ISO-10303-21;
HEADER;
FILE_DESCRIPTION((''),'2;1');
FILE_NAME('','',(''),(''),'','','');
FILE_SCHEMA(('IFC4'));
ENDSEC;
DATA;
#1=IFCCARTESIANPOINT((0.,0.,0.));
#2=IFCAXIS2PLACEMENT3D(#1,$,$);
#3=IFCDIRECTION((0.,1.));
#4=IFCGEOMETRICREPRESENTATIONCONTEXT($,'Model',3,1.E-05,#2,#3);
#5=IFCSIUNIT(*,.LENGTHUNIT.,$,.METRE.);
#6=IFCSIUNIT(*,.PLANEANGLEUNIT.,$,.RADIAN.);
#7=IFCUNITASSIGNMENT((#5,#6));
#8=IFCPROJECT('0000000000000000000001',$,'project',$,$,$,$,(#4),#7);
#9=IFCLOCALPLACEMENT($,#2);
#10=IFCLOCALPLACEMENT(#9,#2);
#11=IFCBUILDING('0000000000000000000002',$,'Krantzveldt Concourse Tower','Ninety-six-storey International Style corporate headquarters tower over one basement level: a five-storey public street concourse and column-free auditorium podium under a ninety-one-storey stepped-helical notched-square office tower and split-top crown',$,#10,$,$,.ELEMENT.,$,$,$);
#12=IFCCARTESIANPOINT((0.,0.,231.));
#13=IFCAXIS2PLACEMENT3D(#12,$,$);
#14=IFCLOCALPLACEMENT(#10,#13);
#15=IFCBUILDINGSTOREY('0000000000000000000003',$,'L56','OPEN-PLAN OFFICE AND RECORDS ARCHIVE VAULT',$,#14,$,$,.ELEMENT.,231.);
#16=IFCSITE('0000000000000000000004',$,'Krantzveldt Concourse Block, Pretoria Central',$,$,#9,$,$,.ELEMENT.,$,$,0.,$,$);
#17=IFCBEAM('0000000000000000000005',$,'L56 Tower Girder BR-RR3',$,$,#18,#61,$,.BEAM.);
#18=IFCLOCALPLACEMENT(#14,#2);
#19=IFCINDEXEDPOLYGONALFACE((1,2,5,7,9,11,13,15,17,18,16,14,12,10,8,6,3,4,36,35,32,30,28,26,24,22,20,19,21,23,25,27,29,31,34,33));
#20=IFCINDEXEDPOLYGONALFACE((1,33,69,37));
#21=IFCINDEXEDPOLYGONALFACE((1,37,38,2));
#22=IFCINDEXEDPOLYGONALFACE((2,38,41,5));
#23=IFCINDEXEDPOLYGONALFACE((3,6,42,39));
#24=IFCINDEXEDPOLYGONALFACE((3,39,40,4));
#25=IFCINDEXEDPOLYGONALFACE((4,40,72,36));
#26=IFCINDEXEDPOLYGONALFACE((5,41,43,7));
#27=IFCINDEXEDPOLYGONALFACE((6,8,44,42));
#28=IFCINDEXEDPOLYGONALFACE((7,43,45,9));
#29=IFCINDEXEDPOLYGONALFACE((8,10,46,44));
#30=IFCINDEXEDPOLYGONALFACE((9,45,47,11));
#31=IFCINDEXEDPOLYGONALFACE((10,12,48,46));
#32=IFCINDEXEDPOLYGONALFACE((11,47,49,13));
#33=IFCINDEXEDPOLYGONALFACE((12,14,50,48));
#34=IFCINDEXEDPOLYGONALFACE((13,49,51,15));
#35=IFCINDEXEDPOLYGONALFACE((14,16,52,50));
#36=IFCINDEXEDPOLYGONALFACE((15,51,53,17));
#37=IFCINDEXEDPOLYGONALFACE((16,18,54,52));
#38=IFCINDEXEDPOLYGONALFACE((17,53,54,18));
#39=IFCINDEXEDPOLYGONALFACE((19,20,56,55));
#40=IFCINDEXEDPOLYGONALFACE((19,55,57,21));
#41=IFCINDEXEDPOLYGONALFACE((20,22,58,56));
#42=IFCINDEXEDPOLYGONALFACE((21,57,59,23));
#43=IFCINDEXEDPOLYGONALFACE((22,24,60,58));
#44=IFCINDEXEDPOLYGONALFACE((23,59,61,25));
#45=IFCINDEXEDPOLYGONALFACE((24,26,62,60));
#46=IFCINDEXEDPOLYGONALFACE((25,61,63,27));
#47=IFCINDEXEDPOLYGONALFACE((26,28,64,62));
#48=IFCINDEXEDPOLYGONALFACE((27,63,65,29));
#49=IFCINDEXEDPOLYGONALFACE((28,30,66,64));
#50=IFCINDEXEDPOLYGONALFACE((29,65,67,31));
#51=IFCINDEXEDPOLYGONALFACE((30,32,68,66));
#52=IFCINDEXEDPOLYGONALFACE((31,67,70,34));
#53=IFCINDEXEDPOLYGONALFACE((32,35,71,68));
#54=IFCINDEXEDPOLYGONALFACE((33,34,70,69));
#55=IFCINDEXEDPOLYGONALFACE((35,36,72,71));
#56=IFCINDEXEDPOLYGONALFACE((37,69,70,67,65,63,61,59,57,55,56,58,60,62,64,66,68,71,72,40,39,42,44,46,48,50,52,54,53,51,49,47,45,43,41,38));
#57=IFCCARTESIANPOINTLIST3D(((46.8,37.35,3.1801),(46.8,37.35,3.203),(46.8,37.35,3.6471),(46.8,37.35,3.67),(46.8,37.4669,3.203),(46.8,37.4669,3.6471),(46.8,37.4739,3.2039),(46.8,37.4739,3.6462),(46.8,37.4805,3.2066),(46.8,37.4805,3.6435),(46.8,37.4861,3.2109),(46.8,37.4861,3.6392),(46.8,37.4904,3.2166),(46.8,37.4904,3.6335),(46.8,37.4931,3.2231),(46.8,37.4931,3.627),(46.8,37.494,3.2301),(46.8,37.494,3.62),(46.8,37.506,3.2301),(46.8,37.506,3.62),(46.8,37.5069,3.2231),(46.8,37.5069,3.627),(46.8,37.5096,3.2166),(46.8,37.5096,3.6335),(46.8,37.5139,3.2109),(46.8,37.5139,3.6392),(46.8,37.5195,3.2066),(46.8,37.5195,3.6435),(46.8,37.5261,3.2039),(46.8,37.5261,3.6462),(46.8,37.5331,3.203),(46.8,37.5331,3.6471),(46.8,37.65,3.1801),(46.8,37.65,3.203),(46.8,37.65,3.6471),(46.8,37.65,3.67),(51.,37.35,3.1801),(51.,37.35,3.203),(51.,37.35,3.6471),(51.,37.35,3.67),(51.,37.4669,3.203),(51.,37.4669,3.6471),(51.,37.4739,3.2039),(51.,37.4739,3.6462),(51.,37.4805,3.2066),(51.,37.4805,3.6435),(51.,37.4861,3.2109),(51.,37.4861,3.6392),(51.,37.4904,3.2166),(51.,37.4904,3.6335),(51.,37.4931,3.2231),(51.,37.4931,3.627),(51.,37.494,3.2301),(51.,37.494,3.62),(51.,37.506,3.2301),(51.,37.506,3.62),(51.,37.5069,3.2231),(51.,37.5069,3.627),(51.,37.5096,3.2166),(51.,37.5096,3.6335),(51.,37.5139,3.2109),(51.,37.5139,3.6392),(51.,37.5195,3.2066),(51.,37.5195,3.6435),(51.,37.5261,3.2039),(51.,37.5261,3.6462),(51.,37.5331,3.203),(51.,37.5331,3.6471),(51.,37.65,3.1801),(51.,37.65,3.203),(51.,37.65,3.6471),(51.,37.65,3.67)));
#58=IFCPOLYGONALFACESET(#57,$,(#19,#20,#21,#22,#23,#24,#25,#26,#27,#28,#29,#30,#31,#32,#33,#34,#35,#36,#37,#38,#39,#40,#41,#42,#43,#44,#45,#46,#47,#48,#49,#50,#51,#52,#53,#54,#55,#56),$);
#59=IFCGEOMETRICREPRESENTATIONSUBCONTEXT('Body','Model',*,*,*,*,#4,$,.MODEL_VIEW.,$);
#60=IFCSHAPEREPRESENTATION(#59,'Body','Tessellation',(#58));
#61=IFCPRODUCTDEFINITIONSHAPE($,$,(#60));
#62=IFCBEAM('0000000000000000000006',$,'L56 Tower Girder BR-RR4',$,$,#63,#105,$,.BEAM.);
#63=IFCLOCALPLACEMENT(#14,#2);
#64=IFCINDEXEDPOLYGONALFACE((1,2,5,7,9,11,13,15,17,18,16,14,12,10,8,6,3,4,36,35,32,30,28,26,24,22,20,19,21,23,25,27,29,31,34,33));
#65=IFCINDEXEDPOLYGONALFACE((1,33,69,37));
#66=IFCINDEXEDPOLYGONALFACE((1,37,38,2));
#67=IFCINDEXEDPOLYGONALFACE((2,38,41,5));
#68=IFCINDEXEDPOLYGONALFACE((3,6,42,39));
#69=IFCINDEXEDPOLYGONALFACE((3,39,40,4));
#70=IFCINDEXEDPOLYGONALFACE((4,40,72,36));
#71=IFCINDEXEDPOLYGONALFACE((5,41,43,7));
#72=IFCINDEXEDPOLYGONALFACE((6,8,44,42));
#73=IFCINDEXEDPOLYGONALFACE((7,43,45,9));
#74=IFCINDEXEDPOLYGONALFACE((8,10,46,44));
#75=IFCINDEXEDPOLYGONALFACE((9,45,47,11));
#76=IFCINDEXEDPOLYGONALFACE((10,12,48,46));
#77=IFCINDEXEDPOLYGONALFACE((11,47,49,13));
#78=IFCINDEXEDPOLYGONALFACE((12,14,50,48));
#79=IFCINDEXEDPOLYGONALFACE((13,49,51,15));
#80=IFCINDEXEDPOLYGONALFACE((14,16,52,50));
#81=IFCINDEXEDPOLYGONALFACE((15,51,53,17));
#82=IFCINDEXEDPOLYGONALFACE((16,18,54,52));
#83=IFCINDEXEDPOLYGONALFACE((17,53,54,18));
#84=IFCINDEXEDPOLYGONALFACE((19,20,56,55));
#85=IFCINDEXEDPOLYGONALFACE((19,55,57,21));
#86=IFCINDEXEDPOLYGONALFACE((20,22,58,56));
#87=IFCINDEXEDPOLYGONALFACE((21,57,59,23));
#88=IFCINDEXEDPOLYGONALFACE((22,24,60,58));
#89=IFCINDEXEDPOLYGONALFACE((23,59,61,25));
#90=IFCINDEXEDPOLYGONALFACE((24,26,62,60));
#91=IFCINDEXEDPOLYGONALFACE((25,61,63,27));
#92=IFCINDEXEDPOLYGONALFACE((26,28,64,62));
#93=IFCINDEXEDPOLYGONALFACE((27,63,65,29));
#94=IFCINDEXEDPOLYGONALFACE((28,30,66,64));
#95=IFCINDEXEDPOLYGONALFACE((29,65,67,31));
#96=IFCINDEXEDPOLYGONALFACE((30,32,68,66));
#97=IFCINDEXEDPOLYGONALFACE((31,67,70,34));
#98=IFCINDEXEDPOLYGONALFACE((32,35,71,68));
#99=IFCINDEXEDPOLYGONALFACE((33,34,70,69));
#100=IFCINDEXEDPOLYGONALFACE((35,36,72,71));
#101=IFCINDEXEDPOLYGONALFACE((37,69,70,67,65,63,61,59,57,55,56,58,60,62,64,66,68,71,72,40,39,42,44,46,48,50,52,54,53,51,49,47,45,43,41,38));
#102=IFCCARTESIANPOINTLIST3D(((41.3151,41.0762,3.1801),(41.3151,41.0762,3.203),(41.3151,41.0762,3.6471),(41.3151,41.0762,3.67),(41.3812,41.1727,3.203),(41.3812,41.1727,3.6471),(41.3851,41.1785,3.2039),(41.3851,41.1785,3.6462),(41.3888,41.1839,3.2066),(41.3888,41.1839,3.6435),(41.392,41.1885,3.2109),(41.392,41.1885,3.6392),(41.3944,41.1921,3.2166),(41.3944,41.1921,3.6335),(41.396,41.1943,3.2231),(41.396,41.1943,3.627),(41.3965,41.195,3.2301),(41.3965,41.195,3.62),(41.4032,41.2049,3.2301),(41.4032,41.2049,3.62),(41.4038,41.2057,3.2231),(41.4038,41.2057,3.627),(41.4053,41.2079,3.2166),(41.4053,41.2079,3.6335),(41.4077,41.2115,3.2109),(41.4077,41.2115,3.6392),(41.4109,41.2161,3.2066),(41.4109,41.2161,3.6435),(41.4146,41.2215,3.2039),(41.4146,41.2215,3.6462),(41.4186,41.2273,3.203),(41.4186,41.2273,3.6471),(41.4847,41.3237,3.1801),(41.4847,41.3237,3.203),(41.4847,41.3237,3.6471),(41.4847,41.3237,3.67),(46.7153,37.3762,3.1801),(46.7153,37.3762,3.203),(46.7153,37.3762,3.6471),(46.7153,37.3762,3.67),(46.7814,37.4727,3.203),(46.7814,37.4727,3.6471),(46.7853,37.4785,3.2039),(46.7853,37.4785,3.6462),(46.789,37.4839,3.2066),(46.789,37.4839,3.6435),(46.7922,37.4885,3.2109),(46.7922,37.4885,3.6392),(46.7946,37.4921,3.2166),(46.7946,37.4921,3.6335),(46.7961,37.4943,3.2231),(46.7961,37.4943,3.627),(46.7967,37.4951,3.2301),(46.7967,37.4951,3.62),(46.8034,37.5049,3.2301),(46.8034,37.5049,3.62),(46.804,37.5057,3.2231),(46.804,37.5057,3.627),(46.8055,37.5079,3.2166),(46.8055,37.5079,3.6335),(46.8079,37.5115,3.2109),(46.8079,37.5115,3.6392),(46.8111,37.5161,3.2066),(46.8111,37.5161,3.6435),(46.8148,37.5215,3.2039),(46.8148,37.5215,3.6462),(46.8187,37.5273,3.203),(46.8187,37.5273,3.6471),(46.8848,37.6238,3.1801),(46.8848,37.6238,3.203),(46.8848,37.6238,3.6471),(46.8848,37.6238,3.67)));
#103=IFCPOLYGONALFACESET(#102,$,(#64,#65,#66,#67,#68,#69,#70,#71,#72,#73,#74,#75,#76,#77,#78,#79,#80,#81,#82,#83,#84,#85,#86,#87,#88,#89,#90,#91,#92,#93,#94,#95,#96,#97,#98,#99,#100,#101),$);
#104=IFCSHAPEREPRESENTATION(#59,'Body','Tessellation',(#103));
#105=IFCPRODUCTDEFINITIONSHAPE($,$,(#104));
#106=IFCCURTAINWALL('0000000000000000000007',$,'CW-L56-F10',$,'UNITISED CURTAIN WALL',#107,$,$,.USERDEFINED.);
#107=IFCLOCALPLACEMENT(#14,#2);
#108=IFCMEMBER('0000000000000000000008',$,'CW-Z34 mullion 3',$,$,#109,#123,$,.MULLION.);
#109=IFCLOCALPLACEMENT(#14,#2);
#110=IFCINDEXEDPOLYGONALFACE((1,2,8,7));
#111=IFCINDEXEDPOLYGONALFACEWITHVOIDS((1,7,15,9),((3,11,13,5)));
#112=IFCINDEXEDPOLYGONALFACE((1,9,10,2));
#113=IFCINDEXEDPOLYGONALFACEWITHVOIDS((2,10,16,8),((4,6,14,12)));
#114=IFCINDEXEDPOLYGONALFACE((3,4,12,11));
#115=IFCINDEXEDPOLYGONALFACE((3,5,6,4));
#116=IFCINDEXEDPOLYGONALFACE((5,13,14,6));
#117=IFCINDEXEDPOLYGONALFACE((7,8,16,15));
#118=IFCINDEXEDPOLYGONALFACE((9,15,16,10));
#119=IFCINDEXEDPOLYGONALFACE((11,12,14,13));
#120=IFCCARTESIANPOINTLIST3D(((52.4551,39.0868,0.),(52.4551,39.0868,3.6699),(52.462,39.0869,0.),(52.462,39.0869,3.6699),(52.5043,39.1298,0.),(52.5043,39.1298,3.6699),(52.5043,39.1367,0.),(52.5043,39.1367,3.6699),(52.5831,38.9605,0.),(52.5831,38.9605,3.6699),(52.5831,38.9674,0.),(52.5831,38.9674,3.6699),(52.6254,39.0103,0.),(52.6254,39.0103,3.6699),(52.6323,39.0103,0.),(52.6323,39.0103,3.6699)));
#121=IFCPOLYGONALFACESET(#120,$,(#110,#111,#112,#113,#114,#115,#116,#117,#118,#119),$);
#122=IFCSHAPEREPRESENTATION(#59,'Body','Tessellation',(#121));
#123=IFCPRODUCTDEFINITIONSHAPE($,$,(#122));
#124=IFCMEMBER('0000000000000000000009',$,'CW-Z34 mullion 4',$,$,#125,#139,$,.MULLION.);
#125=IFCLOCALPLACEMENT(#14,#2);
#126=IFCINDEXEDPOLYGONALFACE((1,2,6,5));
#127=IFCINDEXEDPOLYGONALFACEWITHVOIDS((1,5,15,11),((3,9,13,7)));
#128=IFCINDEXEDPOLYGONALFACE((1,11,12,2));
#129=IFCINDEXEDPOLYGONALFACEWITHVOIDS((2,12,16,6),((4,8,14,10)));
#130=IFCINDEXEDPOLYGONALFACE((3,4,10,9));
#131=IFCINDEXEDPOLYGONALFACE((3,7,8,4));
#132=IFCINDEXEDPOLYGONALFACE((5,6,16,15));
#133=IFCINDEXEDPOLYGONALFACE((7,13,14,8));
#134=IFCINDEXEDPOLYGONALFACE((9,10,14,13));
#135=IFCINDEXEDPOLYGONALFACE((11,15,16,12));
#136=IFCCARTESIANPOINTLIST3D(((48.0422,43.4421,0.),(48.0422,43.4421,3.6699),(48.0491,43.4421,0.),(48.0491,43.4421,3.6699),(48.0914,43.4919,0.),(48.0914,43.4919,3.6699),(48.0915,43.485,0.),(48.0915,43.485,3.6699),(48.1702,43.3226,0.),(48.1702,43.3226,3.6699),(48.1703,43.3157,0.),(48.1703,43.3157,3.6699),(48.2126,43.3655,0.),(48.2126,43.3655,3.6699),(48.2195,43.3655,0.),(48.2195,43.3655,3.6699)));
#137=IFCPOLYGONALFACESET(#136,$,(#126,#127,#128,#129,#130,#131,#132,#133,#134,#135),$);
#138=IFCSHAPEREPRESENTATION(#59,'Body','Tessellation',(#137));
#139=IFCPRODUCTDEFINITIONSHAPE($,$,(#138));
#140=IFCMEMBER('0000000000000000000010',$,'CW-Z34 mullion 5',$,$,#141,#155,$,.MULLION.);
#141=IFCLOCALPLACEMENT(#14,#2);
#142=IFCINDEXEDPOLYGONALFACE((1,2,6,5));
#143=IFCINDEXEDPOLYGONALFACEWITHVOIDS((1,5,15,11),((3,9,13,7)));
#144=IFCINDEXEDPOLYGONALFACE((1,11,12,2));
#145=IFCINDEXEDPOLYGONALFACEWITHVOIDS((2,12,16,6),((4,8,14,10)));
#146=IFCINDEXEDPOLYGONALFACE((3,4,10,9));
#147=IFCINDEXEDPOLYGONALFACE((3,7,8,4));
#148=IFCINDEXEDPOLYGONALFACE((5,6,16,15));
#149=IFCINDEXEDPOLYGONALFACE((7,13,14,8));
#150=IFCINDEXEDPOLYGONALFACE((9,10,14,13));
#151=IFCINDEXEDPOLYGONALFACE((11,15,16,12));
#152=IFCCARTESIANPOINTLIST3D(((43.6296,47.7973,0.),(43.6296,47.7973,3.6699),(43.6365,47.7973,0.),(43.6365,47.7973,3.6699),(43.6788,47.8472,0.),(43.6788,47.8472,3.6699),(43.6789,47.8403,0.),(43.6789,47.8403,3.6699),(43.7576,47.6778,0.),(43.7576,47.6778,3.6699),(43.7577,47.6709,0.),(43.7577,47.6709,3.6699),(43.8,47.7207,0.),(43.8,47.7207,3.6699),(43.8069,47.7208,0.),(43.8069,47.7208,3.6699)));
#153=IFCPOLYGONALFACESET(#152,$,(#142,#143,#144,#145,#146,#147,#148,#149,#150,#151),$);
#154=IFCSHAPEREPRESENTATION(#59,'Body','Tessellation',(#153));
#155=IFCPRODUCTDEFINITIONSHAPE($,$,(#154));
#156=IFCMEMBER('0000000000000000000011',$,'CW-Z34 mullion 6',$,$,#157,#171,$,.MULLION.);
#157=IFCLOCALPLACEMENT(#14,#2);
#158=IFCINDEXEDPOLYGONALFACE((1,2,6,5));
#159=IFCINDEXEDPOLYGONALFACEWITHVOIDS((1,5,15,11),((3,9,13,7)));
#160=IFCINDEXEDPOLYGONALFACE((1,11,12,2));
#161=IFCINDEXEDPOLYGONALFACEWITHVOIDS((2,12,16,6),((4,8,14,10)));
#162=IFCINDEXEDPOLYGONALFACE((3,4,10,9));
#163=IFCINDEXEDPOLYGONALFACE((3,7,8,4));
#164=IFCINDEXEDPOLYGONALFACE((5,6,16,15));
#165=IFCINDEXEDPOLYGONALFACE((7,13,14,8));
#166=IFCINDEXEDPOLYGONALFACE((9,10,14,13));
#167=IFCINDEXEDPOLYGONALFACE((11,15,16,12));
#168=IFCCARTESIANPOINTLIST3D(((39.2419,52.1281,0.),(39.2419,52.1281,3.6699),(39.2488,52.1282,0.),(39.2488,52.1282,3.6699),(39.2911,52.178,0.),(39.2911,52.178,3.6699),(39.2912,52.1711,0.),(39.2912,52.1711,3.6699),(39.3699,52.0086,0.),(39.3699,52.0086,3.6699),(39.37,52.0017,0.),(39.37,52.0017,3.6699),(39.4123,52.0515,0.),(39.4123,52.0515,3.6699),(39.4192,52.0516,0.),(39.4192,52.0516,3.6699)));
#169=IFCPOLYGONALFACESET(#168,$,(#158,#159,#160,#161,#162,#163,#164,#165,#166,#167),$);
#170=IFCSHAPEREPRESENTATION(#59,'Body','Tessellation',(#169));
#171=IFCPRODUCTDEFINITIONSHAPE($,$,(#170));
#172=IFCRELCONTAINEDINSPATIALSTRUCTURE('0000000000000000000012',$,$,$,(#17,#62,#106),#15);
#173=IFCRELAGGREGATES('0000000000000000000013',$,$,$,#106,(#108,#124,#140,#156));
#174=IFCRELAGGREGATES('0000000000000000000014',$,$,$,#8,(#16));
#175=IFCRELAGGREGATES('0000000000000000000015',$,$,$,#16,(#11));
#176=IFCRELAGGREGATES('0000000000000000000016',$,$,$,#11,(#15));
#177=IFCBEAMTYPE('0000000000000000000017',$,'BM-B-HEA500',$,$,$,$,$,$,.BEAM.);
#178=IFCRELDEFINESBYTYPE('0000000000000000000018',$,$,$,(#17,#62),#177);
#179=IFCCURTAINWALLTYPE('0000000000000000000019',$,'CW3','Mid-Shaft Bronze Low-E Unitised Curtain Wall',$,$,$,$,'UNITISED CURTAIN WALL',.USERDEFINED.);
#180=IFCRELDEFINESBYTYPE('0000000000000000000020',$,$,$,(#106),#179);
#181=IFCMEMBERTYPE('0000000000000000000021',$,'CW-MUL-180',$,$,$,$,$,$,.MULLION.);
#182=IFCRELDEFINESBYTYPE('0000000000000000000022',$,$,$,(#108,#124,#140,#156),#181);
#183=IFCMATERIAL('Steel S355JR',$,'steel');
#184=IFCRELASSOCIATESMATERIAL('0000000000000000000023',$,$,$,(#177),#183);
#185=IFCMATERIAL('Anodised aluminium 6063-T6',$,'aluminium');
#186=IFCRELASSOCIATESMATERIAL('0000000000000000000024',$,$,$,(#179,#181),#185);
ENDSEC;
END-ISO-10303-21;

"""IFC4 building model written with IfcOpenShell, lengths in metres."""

from ifc_helpers import new_model, si_unit, direction, frame, origin, origin_2d, place, context, subcontext, project, spatial, hollow_rectangle, i_section, extrude, source, transform, mapped, material, material_profile, profile_set, type_object, type_shapes, element, aggregate, save


model = new_model("IFC4")

# Units and contexts
model_context = context("Model", 3, precision=1e-05, world=origin(), true_north=direction((0.0, 1.0)))
body_context = subcontext(model_context, "Body", "Model", "MODEL_VIEW")
ifc_project = project(units=[si_unit("LENGTHUNIT", "METRE"), si_unit("PLANEANGLEUNIT", "RADIAN")], contexts=[model_context])

# Site, building, storey
site_placement = place(None, origin())
site = spatial("IfcSite", under=ifc_project, at=site_placement, Name="Krantzveldt Concourse Block, Pretoria Central", CompositionType="ELEMENT", RefElevation=0.0)
building_placement = place(site_placement, origin())
building = spatial("IfcBuilding", under=site, at=building_placement, Name="Krantzveldt Concourse Tower", Description="Ninety-six-storey International Style corporate headquarters tower over one basement level: a five-storey public street concourse and column-free auditorium podium under a ninety-one-storey stepped-helical notched-square office tower and split-top crown", CompositionType="ELEMENT")
storey_placement = place(building_placement, frame((0.0, 0.0, 231.0)))
storey = spatial("IfcBuildingStorey", under=building, at=storey_placement, Name="L56", Description="OPEN-PLAN OFFICE AND RECORDS ARCHIVE VAULT", CompositionType="ELEMENT", Elevation=231.0)

# Beams
ifc_material_1 = material(Name="Steel S355JR", Category="steel")
ifc_material_profile_1 = material_profile(ifc_material_1, i_section(OverallWidth=0.3, OverallDepth=0.49, WebThickness=0.012, FlangeThickness=0.0229, FilletRadius=0.0271, at=origin_2d()), Name="Steel S355JR", Category="steel")
ifc_profile_set_1 = profile_set([ifc_material_profile_1], Name="Steel S355JR - HEA 500")
beam_type_1 = type_object("IfcBeamType", Name="BM-B-HEA500", PredefinedType="BEAM", material=ifc_profile_set_1)
shared_shape_1 = source(origin(), body_context, "Body", "SweptSolid", [
    extrude(i_section(OverallWidth=0.3, OverallDepth=0.49, WebThickness=0.012, FlangeThickness=0.0229, FilletRadius=0.0271, at=origin_2d()), origin(), (0.0, 0.0, 1.0), 4.2),
])
beam_1_placement = place(storey_placement, frame((46.8, 37.5, 3.425), z_axis=(1.0, 0.0, 0.0), x_axis=(0.0, 1.0, 0.0)))
element("IfcBeam", 1, at=beam_1_placement, inside=storey, type_object=beam_type_1, Name="L56 Tower Girder BR-RR3", PredefinedType="BEAM", context=body_context, shape_type="MappedRepresentation", body=[
    mapped(shared_shape_1, transform((0.0, 0.0, 0.0), x_axis=(1.0, 0.0, 0.0), y_axis=(0.0, 1.0, 0.0), z_axis=(0.0, 0.0, 1.0), scale=1.0)),
])
shared_shape_2 = source(origin(), body_context, "Body", "SweptSolid", [
    extrude(i_section(OverallWidth=0.3, OverallDepth=0.49, WebThickness=0.012, FlangeThickness=0.0229, FilletRadius=0.0271, at=origin_2d()), origin(), (0.0, 0.0, 1.0), 6.5461),
])
type_shapes(beam_type_1, [shared_shape_1, shared_shape_2])
beam_2_placement = place(storey_placement, frame((46.8, 37.5, 3.425), z_axis=(-0.824943, 0.565216, 0.0), x_axis=(-0.565216, -0.824943, 0.0)))
element("IfcBeam", 2, at=beam_2_placement, inside=storey, type_object=beam_type_1, Name="L56 Tower Girder BR-RR4", PredefinedType="BEAM", context=body_context, shape_type="MappedRepresentation", body=[
    mapped(shared_shape_2, transform((0.0, 0.0, 0.0), x_axis=(1.0, 0.0, 0.0), y_axis=(0.0, 1.0, 0.0), z_axis=(0.0, 0.0, 1.0), scale=1.0)),
])

# Curtain wall, members
ifc_material_2 = material(Name="Anodised aluminium 6063-T6", Category="aluminium")
curtain_wall_type = type_object("IfcCurtainWallType", Name="CW3", Description="Mid-Shaft Bronze Low-E Unitised Curtain Wall", ElementType="UNITISED CURTAIN WALL", PredefinedType="USERDEFINED", material=ifc_material_2)
curtain_wall_placement = place(storey_placement, origin())
curtain_wall = element("IfcCurtainWall", 3, at=curtain_wall_placement, inside=storey, type_object=curtain_wall_type, Name="CW-L56-F10", ObjectType="UNITISED CURTAIN WALL", PredefinedType="USERDEFINED")
ifc_material_profile_2 = material_profile(ifc_material_2, hollow_rectangle(XDim=0.0701, YDim=0.1799, WallThickness=0.0049, at=origin_2d()), Name="Anodised aluminium 6063-T6", Category="aluminium")
ifc_profile_set_2 = profile_set([ifc_material_profile_2], Name="Anodised aluminium 6063-T6 - ALU-MULL 180x70x5")
member_type_1 = type_object("IfcMemberType", Name="CW-MUL-180", PredefinedType="MULLION", material=ifc_profile_set_2)
shared_shape_3 = source(origin(), body_context, "Body", "SweptSolid", [
    extrude(hollow_rectangle(XDim=0.0701, YDim=0.1799, WallThickness=0.0049, at=origin_2d()), origin(), (0.0, 0.0, 1.0), 3.6699),
])
type_shapes(member_type_1, [shared_shape_3])
member_1_placement = place(storey_placement, frame((52.5437, 39.0486, 0.0), z_axis=(0.0, 0.0, 1.0), x_axis=(-0.702464, -0.71172, 0.0)))
member_1 = element("IfcMember", 4, at=member_1_placement, type_object=member_type_1, Name="CW-Z34 mullion 3", PredefinedType="MULLION", context=body_context, shape_type="MappedRepresentation", body=[
    mapped(shared_shape_3, transform((0.0, 0.0, 0.0), x_axis=(1.0, 0.0, 0.0), y_axis=(0.0, 1.0, 0.0), z_axis=(0.0, 0.0, 1.0), scale=1.0)),
])
member_2_placement = place(storey_placement, frame((48.1309, 43.4038, 0.0), z_axis=(0.0, 0.0, 1.0), x_axis=(-0.702464, -0.71172, 0.0)))
member_2 = element("IfcMember", 5, at=member_2_placement, type_object=member_type_1, Name="CW-Z34 mullion 4", PredefinedType="MULLION", context=body_context, shape_type="MappedRepresentation", body=[
    mapped(shared_shape_3, transform((0.0, 0.0, 0.0), x_axis=(1.0, 0.0, 0.0), y_axis=(0.0, 1.0, 0.0), z_axis=(0.0, 0.0, 1.0), scale=1.0)),
])
member_3_placement = place(storey_placement, frame((43.7183, 47.759, 0.0), z_axis=(0.0, 0.0, 1.0), x_axis=(-0.702464, -0.71172, 0.0)))
member_3 = element("IfcMember", 6, at=member_3_placement, type_object=member_type_1, Name="CW-Z34 mullion 5", PredefinedType="MULLION", context=body_context, shape_type="MappedRepresentation", body=[
    mapped(shared_shape_3, transform((0.0, 0.0, 0.0), x_axis=(1.0, 0.0, 0.0), y_axis=(0.0, 1.0, 0.0), z_axis=(0.0, 0.0, 1.0), scale=1.0)),
])
member_4_placement = place(storey_placement, frame((39.3306, 52.0898, 0.0), z_axis=(0.0, 0.0, 1.0), x_axis=(-0.702464, -0.71172, 0.0)))
member_4 = element("IfcMember", 7, at=member_4_placement, type_object=member_type_1, Name="CW-Z34 mullion 6", PredefinedType="MULLION", context=body_context, shape_type="MappedRepresentation", body=[
    mapped(shared_shape_3, transform((0.0, 0.0, 0.0), x_axis=(1.0, 0.0, 0.0), y_axis=(0.0, 1.0, 0.0), z_axis=(0.0, 0.0, 1.0), scale=1.0)),
])
aggregate(curtain_wall, [member_1, member_2, member_3, member_4])

save(model, "model.ifc")
